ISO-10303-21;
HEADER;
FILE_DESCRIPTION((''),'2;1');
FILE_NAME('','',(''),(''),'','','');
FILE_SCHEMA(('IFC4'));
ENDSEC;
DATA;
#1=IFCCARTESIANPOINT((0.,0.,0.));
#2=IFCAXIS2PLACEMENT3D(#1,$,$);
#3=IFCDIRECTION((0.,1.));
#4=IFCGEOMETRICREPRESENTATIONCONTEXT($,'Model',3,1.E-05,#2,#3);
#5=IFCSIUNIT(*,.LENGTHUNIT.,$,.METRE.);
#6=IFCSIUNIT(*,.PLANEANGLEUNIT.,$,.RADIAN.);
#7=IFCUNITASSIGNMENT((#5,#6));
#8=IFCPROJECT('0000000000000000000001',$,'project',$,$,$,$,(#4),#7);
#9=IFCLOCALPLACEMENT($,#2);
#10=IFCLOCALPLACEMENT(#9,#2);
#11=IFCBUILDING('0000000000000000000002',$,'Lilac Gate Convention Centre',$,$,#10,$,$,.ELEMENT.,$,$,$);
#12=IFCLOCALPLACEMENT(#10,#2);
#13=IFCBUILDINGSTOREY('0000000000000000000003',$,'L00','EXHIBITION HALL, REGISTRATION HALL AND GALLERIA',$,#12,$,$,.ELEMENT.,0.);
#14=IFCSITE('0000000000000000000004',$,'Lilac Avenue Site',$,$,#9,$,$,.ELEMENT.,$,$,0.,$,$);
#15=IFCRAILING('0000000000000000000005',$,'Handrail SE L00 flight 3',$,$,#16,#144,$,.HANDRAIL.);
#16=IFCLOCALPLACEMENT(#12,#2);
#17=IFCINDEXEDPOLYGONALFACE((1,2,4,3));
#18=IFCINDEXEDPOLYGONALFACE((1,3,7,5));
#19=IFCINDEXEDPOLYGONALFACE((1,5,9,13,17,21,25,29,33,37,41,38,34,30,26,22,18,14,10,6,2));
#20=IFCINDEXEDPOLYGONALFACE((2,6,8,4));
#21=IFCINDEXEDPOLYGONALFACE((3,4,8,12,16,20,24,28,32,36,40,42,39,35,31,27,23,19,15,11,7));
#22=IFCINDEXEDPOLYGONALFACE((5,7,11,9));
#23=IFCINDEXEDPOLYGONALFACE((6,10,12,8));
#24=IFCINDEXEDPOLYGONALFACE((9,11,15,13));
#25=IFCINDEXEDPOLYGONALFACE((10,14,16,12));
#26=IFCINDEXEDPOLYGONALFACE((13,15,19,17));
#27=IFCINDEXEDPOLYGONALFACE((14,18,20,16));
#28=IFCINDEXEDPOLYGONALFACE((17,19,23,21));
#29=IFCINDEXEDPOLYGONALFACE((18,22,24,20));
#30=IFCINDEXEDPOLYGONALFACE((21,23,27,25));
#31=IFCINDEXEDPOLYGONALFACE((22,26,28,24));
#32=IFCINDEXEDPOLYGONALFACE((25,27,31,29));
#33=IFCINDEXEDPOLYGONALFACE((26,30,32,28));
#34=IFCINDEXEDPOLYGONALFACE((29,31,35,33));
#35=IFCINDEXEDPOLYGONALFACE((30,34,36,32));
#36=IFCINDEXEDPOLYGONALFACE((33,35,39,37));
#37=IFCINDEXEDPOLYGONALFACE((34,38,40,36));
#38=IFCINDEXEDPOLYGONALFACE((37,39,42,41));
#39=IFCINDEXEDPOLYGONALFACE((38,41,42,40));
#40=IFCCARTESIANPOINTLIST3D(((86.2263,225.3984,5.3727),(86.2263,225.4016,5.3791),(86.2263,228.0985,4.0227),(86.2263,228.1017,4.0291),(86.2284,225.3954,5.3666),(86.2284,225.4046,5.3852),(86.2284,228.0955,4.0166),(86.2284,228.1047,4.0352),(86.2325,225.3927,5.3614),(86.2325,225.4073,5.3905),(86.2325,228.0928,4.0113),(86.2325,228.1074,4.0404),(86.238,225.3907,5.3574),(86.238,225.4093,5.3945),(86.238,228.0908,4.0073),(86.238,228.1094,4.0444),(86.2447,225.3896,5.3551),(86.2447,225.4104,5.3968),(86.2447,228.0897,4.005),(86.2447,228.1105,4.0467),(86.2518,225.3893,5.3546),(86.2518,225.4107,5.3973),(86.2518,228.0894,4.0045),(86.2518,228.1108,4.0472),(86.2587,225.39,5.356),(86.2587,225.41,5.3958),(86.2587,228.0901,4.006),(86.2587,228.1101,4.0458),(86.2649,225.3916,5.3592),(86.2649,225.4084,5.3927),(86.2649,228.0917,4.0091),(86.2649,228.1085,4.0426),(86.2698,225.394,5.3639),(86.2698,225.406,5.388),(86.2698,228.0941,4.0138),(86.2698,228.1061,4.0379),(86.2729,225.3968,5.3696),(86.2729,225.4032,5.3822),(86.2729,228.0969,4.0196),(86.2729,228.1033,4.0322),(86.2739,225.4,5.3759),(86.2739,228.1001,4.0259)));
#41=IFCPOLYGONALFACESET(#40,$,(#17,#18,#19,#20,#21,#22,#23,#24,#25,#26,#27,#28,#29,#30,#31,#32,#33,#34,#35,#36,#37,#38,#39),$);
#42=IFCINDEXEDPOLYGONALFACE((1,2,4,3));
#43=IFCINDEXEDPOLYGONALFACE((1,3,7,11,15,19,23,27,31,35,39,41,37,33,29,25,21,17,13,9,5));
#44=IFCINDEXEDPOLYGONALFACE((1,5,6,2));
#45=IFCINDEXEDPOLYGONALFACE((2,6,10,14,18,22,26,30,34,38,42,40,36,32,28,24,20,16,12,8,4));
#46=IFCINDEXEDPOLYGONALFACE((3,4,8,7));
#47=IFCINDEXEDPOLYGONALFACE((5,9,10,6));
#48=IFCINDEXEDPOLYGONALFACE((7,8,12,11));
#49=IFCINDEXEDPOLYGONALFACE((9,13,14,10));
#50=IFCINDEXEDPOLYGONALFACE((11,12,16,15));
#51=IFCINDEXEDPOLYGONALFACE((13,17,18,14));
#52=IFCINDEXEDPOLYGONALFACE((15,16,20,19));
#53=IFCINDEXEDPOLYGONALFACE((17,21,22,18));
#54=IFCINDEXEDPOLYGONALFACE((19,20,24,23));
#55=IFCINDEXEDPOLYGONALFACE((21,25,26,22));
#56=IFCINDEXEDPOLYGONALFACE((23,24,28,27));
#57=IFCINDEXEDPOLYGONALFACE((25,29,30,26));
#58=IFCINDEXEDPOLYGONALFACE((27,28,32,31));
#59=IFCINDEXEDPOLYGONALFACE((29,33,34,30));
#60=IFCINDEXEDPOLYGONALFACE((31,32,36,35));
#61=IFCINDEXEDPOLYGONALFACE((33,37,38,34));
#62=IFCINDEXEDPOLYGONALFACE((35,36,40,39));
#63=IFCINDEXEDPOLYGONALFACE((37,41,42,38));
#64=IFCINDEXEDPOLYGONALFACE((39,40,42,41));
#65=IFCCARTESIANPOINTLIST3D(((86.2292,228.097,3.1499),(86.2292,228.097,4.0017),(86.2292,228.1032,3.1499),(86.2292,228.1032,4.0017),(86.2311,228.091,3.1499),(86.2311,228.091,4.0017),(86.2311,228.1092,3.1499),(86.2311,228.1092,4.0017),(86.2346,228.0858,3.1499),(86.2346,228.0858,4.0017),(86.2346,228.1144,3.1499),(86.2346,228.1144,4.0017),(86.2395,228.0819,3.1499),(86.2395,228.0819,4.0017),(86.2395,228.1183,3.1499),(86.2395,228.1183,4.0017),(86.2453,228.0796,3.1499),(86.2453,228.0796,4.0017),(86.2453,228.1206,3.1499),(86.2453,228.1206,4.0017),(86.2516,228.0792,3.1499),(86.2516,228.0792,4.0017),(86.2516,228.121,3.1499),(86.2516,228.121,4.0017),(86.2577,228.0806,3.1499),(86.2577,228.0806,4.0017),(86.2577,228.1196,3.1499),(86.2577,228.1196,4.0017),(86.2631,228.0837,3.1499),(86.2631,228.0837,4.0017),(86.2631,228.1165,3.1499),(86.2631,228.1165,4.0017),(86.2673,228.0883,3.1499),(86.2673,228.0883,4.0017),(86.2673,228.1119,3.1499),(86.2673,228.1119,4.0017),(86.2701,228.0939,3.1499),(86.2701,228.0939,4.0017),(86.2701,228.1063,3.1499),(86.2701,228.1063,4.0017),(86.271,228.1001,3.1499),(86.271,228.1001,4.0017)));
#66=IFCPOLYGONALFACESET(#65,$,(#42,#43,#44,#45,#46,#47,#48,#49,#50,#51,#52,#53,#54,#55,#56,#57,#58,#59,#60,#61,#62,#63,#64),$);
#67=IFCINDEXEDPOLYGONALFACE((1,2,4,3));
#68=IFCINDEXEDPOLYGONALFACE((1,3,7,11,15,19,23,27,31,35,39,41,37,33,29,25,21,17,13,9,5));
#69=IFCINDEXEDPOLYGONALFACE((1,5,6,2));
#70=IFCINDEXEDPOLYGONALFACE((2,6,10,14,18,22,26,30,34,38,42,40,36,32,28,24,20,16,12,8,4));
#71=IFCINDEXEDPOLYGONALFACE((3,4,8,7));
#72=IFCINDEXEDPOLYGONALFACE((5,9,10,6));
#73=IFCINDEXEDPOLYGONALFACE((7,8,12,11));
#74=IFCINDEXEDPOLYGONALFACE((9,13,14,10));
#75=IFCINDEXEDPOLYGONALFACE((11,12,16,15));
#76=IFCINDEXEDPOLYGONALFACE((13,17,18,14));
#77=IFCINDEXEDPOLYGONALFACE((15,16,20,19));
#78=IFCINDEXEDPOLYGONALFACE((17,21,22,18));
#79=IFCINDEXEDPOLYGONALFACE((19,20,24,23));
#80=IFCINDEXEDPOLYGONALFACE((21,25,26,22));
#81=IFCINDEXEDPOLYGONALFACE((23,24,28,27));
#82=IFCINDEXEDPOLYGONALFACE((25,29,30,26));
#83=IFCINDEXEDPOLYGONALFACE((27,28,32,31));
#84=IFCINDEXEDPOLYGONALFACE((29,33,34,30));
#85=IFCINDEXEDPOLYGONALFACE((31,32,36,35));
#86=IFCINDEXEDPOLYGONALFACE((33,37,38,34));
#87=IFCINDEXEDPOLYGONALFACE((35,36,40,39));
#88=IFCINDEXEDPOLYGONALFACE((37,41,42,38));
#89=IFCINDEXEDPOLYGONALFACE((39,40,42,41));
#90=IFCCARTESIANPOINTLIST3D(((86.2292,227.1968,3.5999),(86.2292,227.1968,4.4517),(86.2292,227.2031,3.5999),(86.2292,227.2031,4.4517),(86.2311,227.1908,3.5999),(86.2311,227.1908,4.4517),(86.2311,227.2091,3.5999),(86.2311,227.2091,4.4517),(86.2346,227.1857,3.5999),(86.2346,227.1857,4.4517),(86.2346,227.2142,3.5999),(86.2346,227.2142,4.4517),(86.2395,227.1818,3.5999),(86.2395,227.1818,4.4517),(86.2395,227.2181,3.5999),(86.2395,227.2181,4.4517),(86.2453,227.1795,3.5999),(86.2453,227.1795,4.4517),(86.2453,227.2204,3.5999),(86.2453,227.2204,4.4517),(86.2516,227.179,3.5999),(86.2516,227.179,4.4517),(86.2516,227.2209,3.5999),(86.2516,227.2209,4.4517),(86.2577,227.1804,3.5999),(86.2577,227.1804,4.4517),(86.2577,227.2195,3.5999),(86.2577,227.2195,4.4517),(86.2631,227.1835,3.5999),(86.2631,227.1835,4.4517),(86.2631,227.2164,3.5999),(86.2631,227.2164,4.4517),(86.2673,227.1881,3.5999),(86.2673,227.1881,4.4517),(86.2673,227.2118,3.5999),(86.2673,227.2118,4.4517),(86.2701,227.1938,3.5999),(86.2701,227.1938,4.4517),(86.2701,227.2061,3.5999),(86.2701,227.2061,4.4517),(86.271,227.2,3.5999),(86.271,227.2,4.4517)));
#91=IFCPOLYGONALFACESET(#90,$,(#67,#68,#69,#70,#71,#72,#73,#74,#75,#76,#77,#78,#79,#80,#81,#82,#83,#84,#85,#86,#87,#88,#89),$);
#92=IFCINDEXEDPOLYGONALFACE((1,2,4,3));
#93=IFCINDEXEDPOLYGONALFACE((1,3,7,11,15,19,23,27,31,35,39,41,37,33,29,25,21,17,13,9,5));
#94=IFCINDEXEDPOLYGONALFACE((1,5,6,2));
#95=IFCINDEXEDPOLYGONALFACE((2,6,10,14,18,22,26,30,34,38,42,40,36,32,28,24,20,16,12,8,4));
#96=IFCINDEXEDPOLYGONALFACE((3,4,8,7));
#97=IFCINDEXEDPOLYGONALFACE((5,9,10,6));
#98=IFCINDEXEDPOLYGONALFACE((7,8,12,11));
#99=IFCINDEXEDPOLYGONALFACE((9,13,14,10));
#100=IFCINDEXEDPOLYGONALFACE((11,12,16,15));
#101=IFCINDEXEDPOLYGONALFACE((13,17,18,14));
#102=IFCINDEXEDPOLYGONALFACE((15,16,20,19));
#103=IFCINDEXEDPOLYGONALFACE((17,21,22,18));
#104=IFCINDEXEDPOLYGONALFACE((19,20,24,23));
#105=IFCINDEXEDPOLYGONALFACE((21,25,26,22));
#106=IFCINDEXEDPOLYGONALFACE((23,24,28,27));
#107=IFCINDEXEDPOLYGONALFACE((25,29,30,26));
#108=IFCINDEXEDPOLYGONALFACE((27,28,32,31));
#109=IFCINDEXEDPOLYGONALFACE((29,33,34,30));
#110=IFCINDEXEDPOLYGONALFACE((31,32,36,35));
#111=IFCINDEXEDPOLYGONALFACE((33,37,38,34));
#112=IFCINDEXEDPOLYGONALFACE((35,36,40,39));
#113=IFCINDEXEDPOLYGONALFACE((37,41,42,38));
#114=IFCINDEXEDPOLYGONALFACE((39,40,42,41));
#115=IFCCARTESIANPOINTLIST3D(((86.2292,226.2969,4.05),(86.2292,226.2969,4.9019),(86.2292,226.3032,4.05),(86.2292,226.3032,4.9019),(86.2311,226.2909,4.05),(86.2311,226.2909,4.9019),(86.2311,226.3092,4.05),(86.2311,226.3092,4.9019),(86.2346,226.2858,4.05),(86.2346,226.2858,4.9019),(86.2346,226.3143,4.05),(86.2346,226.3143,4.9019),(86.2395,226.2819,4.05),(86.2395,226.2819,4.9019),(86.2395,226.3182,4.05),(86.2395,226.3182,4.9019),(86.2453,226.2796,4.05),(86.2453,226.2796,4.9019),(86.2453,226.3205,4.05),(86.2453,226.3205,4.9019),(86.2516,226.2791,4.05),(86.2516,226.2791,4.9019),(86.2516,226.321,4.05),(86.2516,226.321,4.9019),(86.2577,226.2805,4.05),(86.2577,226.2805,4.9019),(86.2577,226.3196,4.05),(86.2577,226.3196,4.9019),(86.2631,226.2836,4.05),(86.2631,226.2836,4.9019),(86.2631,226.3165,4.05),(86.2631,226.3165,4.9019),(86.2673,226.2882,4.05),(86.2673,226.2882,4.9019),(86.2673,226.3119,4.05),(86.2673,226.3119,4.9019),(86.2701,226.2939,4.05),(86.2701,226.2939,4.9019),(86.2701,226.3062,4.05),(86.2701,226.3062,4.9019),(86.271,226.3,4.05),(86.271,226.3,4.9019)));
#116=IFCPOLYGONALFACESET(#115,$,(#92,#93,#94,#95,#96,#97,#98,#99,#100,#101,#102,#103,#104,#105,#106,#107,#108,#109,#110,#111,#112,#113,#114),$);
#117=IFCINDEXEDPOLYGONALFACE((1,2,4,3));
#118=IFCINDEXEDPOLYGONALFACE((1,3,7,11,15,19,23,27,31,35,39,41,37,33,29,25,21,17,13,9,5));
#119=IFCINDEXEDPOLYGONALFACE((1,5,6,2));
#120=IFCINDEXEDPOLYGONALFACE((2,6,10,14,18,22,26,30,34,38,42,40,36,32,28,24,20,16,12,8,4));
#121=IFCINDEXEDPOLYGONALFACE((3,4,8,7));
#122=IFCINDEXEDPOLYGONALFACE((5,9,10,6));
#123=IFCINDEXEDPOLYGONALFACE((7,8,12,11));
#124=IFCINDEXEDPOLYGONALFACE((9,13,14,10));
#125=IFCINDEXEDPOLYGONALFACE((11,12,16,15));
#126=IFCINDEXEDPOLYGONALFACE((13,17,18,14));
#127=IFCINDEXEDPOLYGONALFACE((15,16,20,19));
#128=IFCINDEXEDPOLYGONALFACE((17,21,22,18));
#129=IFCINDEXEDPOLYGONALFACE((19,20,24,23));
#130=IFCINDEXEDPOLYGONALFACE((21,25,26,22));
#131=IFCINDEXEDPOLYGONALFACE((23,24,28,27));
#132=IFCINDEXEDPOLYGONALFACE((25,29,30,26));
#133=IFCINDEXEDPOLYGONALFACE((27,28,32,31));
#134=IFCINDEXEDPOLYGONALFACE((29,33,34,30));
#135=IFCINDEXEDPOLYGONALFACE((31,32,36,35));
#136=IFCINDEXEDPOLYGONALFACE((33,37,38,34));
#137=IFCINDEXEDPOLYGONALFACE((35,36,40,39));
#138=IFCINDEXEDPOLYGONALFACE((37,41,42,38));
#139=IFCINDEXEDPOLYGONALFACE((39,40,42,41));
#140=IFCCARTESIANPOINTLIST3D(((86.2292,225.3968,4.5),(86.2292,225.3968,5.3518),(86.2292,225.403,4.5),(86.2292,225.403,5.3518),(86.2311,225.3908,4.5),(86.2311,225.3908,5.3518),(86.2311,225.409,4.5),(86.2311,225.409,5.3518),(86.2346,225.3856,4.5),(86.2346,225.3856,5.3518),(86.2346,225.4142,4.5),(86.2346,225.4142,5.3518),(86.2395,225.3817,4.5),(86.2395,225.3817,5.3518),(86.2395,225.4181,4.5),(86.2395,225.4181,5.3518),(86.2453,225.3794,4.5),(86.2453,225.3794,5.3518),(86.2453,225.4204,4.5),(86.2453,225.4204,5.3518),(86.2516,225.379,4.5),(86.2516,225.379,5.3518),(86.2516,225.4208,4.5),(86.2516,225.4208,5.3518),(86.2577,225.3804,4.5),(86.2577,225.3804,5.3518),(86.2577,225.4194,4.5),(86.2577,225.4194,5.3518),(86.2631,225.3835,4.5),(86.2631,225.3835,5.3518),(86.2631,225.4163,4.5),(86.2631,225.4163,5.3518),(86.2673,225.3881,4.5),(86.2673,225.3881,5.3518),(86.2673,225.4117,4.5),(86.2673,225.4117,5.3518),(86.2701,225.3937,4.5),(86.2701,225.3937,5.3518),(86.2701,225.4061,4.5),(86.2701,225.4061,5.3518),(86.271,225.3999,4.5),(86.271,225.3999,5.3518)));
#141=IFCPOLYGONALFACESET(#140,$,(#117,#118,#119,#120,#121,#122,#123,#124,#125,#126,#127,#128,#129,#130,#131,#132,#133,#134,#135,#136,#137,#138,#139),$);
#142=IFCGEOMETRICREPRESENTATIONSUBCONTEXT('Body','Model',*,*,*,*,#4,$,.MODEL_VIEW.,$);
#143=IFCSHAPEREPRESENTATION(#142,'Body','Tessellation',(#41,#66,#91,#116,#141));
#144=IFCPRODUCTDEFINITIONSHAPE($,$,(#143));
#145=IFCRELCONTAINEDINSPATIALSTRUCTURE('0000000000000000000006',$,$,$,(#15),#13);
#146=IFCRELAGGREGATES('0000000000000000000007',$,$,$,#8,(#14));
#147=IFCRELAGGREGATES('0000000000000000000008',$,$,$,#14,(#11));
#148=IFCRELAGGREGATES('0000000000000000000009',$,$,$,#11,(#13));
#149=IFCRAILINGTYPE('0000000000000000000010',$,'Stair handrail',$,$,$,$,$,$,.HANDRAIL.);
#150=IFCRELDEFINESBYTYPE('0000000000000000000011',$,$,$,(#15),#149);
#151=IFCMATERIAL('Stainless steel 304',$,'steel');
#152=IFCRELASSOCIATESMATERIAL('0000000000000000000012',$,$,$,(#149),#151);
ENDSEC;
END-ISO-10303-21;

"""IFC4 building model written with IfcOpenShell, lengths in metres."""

from ifc_helpers import new_model, si_unit, direction, frame, origin, origin_2d, place, context, subcontext, project, spatial, circle, extrude, material, type_object, element, save


model = new_model("IFC4")

# Units and contexts
model_context = context("Model", 3, precision=1e-05, world=origin(), true_north=direction((0.0, 1.0)))
body_context = subcontext(model_context, "Body", "Model", "MODEL_VIEW")
ifc_project = project(units=[si_unit("LENGTHUNIT", "METRE"), si_unit("PLANEANGLEUNIT", "RADIAN")], contexts=[model_context])

# Site, building, storey
site_placement = place(None, origin())
site = spatial("IfcSite", under=ifc_project, at=site_placement, Name="Lilac Avenue Site", CompositionType="ELEMENT", RefElevation=0.0)
building_placement = place(site_placement, origin())
building = spatial("IfcBuilding", under=site, at=building_placement, Name="Lilac Gate Convention Centre", CompositionType="ELEMENT")
storey_placement = place(building_placement, origin())
storey = spatial("IfcBuildingStorey", under=building, at=storey_placement, Name="L00", Description="EXHIBITION HALL, REGISTRATION HALL AND GALLERIA", CompositionType="ELEMENT", Elevation=0.0)

# Railing
ifc_material_1 = material(Name="Stainless steel 304", Category="steel")
railing_type = type_object("IfcRailingType", Name="Stair handrail", PredefinedType="HANDRAIL", material=ifc_material_1)
for number, where, name in (
    (1, (86.25, 228.1001, 3.1499), "Handrail SE L00 flight 3"),
):
    element("IfcRailing", number, at=place(storey_placement, frame(where)), inside=storey, type_object=railing_type, Name=name, PredefinedType="HANDRAIL", context=body_context, shape_type="SweptSolid", body=[
        extrude(circle(Radius=0.0239, at=origin_2d()), frame((0.0, 0.0, 0.876), z_axis=(0.0, -0.894427, 0.447214), x_axis=(1.0, 0.0, 0.0)), (0.0, 0.0, 1.0), 3.0188),
        extrude(circle(Radius=0.021, at=origin_2d()), origin(), (0.0, 0.0, 1.0), 0.8518),
        extrude(circle(Radius=0.021, at=origin_2d()), frame((0.0, -0.9001, 0.45)), (0.0, 0.0, 1.0), 0.8518),
        extrude(circle(Radius=0.021, at=origin_2d()), frame((0.0, -1.8, 0.9001)), (0.0, 0.0, 1.0), 0.8518),
        extrude(circle(Radius=0.021, at=origin_2d()), frame((0.0, -2.7002, 1.3501)), (0.0, 0.0, 1.0), 0.8518),
    ])

save(model, "model.ifc")
